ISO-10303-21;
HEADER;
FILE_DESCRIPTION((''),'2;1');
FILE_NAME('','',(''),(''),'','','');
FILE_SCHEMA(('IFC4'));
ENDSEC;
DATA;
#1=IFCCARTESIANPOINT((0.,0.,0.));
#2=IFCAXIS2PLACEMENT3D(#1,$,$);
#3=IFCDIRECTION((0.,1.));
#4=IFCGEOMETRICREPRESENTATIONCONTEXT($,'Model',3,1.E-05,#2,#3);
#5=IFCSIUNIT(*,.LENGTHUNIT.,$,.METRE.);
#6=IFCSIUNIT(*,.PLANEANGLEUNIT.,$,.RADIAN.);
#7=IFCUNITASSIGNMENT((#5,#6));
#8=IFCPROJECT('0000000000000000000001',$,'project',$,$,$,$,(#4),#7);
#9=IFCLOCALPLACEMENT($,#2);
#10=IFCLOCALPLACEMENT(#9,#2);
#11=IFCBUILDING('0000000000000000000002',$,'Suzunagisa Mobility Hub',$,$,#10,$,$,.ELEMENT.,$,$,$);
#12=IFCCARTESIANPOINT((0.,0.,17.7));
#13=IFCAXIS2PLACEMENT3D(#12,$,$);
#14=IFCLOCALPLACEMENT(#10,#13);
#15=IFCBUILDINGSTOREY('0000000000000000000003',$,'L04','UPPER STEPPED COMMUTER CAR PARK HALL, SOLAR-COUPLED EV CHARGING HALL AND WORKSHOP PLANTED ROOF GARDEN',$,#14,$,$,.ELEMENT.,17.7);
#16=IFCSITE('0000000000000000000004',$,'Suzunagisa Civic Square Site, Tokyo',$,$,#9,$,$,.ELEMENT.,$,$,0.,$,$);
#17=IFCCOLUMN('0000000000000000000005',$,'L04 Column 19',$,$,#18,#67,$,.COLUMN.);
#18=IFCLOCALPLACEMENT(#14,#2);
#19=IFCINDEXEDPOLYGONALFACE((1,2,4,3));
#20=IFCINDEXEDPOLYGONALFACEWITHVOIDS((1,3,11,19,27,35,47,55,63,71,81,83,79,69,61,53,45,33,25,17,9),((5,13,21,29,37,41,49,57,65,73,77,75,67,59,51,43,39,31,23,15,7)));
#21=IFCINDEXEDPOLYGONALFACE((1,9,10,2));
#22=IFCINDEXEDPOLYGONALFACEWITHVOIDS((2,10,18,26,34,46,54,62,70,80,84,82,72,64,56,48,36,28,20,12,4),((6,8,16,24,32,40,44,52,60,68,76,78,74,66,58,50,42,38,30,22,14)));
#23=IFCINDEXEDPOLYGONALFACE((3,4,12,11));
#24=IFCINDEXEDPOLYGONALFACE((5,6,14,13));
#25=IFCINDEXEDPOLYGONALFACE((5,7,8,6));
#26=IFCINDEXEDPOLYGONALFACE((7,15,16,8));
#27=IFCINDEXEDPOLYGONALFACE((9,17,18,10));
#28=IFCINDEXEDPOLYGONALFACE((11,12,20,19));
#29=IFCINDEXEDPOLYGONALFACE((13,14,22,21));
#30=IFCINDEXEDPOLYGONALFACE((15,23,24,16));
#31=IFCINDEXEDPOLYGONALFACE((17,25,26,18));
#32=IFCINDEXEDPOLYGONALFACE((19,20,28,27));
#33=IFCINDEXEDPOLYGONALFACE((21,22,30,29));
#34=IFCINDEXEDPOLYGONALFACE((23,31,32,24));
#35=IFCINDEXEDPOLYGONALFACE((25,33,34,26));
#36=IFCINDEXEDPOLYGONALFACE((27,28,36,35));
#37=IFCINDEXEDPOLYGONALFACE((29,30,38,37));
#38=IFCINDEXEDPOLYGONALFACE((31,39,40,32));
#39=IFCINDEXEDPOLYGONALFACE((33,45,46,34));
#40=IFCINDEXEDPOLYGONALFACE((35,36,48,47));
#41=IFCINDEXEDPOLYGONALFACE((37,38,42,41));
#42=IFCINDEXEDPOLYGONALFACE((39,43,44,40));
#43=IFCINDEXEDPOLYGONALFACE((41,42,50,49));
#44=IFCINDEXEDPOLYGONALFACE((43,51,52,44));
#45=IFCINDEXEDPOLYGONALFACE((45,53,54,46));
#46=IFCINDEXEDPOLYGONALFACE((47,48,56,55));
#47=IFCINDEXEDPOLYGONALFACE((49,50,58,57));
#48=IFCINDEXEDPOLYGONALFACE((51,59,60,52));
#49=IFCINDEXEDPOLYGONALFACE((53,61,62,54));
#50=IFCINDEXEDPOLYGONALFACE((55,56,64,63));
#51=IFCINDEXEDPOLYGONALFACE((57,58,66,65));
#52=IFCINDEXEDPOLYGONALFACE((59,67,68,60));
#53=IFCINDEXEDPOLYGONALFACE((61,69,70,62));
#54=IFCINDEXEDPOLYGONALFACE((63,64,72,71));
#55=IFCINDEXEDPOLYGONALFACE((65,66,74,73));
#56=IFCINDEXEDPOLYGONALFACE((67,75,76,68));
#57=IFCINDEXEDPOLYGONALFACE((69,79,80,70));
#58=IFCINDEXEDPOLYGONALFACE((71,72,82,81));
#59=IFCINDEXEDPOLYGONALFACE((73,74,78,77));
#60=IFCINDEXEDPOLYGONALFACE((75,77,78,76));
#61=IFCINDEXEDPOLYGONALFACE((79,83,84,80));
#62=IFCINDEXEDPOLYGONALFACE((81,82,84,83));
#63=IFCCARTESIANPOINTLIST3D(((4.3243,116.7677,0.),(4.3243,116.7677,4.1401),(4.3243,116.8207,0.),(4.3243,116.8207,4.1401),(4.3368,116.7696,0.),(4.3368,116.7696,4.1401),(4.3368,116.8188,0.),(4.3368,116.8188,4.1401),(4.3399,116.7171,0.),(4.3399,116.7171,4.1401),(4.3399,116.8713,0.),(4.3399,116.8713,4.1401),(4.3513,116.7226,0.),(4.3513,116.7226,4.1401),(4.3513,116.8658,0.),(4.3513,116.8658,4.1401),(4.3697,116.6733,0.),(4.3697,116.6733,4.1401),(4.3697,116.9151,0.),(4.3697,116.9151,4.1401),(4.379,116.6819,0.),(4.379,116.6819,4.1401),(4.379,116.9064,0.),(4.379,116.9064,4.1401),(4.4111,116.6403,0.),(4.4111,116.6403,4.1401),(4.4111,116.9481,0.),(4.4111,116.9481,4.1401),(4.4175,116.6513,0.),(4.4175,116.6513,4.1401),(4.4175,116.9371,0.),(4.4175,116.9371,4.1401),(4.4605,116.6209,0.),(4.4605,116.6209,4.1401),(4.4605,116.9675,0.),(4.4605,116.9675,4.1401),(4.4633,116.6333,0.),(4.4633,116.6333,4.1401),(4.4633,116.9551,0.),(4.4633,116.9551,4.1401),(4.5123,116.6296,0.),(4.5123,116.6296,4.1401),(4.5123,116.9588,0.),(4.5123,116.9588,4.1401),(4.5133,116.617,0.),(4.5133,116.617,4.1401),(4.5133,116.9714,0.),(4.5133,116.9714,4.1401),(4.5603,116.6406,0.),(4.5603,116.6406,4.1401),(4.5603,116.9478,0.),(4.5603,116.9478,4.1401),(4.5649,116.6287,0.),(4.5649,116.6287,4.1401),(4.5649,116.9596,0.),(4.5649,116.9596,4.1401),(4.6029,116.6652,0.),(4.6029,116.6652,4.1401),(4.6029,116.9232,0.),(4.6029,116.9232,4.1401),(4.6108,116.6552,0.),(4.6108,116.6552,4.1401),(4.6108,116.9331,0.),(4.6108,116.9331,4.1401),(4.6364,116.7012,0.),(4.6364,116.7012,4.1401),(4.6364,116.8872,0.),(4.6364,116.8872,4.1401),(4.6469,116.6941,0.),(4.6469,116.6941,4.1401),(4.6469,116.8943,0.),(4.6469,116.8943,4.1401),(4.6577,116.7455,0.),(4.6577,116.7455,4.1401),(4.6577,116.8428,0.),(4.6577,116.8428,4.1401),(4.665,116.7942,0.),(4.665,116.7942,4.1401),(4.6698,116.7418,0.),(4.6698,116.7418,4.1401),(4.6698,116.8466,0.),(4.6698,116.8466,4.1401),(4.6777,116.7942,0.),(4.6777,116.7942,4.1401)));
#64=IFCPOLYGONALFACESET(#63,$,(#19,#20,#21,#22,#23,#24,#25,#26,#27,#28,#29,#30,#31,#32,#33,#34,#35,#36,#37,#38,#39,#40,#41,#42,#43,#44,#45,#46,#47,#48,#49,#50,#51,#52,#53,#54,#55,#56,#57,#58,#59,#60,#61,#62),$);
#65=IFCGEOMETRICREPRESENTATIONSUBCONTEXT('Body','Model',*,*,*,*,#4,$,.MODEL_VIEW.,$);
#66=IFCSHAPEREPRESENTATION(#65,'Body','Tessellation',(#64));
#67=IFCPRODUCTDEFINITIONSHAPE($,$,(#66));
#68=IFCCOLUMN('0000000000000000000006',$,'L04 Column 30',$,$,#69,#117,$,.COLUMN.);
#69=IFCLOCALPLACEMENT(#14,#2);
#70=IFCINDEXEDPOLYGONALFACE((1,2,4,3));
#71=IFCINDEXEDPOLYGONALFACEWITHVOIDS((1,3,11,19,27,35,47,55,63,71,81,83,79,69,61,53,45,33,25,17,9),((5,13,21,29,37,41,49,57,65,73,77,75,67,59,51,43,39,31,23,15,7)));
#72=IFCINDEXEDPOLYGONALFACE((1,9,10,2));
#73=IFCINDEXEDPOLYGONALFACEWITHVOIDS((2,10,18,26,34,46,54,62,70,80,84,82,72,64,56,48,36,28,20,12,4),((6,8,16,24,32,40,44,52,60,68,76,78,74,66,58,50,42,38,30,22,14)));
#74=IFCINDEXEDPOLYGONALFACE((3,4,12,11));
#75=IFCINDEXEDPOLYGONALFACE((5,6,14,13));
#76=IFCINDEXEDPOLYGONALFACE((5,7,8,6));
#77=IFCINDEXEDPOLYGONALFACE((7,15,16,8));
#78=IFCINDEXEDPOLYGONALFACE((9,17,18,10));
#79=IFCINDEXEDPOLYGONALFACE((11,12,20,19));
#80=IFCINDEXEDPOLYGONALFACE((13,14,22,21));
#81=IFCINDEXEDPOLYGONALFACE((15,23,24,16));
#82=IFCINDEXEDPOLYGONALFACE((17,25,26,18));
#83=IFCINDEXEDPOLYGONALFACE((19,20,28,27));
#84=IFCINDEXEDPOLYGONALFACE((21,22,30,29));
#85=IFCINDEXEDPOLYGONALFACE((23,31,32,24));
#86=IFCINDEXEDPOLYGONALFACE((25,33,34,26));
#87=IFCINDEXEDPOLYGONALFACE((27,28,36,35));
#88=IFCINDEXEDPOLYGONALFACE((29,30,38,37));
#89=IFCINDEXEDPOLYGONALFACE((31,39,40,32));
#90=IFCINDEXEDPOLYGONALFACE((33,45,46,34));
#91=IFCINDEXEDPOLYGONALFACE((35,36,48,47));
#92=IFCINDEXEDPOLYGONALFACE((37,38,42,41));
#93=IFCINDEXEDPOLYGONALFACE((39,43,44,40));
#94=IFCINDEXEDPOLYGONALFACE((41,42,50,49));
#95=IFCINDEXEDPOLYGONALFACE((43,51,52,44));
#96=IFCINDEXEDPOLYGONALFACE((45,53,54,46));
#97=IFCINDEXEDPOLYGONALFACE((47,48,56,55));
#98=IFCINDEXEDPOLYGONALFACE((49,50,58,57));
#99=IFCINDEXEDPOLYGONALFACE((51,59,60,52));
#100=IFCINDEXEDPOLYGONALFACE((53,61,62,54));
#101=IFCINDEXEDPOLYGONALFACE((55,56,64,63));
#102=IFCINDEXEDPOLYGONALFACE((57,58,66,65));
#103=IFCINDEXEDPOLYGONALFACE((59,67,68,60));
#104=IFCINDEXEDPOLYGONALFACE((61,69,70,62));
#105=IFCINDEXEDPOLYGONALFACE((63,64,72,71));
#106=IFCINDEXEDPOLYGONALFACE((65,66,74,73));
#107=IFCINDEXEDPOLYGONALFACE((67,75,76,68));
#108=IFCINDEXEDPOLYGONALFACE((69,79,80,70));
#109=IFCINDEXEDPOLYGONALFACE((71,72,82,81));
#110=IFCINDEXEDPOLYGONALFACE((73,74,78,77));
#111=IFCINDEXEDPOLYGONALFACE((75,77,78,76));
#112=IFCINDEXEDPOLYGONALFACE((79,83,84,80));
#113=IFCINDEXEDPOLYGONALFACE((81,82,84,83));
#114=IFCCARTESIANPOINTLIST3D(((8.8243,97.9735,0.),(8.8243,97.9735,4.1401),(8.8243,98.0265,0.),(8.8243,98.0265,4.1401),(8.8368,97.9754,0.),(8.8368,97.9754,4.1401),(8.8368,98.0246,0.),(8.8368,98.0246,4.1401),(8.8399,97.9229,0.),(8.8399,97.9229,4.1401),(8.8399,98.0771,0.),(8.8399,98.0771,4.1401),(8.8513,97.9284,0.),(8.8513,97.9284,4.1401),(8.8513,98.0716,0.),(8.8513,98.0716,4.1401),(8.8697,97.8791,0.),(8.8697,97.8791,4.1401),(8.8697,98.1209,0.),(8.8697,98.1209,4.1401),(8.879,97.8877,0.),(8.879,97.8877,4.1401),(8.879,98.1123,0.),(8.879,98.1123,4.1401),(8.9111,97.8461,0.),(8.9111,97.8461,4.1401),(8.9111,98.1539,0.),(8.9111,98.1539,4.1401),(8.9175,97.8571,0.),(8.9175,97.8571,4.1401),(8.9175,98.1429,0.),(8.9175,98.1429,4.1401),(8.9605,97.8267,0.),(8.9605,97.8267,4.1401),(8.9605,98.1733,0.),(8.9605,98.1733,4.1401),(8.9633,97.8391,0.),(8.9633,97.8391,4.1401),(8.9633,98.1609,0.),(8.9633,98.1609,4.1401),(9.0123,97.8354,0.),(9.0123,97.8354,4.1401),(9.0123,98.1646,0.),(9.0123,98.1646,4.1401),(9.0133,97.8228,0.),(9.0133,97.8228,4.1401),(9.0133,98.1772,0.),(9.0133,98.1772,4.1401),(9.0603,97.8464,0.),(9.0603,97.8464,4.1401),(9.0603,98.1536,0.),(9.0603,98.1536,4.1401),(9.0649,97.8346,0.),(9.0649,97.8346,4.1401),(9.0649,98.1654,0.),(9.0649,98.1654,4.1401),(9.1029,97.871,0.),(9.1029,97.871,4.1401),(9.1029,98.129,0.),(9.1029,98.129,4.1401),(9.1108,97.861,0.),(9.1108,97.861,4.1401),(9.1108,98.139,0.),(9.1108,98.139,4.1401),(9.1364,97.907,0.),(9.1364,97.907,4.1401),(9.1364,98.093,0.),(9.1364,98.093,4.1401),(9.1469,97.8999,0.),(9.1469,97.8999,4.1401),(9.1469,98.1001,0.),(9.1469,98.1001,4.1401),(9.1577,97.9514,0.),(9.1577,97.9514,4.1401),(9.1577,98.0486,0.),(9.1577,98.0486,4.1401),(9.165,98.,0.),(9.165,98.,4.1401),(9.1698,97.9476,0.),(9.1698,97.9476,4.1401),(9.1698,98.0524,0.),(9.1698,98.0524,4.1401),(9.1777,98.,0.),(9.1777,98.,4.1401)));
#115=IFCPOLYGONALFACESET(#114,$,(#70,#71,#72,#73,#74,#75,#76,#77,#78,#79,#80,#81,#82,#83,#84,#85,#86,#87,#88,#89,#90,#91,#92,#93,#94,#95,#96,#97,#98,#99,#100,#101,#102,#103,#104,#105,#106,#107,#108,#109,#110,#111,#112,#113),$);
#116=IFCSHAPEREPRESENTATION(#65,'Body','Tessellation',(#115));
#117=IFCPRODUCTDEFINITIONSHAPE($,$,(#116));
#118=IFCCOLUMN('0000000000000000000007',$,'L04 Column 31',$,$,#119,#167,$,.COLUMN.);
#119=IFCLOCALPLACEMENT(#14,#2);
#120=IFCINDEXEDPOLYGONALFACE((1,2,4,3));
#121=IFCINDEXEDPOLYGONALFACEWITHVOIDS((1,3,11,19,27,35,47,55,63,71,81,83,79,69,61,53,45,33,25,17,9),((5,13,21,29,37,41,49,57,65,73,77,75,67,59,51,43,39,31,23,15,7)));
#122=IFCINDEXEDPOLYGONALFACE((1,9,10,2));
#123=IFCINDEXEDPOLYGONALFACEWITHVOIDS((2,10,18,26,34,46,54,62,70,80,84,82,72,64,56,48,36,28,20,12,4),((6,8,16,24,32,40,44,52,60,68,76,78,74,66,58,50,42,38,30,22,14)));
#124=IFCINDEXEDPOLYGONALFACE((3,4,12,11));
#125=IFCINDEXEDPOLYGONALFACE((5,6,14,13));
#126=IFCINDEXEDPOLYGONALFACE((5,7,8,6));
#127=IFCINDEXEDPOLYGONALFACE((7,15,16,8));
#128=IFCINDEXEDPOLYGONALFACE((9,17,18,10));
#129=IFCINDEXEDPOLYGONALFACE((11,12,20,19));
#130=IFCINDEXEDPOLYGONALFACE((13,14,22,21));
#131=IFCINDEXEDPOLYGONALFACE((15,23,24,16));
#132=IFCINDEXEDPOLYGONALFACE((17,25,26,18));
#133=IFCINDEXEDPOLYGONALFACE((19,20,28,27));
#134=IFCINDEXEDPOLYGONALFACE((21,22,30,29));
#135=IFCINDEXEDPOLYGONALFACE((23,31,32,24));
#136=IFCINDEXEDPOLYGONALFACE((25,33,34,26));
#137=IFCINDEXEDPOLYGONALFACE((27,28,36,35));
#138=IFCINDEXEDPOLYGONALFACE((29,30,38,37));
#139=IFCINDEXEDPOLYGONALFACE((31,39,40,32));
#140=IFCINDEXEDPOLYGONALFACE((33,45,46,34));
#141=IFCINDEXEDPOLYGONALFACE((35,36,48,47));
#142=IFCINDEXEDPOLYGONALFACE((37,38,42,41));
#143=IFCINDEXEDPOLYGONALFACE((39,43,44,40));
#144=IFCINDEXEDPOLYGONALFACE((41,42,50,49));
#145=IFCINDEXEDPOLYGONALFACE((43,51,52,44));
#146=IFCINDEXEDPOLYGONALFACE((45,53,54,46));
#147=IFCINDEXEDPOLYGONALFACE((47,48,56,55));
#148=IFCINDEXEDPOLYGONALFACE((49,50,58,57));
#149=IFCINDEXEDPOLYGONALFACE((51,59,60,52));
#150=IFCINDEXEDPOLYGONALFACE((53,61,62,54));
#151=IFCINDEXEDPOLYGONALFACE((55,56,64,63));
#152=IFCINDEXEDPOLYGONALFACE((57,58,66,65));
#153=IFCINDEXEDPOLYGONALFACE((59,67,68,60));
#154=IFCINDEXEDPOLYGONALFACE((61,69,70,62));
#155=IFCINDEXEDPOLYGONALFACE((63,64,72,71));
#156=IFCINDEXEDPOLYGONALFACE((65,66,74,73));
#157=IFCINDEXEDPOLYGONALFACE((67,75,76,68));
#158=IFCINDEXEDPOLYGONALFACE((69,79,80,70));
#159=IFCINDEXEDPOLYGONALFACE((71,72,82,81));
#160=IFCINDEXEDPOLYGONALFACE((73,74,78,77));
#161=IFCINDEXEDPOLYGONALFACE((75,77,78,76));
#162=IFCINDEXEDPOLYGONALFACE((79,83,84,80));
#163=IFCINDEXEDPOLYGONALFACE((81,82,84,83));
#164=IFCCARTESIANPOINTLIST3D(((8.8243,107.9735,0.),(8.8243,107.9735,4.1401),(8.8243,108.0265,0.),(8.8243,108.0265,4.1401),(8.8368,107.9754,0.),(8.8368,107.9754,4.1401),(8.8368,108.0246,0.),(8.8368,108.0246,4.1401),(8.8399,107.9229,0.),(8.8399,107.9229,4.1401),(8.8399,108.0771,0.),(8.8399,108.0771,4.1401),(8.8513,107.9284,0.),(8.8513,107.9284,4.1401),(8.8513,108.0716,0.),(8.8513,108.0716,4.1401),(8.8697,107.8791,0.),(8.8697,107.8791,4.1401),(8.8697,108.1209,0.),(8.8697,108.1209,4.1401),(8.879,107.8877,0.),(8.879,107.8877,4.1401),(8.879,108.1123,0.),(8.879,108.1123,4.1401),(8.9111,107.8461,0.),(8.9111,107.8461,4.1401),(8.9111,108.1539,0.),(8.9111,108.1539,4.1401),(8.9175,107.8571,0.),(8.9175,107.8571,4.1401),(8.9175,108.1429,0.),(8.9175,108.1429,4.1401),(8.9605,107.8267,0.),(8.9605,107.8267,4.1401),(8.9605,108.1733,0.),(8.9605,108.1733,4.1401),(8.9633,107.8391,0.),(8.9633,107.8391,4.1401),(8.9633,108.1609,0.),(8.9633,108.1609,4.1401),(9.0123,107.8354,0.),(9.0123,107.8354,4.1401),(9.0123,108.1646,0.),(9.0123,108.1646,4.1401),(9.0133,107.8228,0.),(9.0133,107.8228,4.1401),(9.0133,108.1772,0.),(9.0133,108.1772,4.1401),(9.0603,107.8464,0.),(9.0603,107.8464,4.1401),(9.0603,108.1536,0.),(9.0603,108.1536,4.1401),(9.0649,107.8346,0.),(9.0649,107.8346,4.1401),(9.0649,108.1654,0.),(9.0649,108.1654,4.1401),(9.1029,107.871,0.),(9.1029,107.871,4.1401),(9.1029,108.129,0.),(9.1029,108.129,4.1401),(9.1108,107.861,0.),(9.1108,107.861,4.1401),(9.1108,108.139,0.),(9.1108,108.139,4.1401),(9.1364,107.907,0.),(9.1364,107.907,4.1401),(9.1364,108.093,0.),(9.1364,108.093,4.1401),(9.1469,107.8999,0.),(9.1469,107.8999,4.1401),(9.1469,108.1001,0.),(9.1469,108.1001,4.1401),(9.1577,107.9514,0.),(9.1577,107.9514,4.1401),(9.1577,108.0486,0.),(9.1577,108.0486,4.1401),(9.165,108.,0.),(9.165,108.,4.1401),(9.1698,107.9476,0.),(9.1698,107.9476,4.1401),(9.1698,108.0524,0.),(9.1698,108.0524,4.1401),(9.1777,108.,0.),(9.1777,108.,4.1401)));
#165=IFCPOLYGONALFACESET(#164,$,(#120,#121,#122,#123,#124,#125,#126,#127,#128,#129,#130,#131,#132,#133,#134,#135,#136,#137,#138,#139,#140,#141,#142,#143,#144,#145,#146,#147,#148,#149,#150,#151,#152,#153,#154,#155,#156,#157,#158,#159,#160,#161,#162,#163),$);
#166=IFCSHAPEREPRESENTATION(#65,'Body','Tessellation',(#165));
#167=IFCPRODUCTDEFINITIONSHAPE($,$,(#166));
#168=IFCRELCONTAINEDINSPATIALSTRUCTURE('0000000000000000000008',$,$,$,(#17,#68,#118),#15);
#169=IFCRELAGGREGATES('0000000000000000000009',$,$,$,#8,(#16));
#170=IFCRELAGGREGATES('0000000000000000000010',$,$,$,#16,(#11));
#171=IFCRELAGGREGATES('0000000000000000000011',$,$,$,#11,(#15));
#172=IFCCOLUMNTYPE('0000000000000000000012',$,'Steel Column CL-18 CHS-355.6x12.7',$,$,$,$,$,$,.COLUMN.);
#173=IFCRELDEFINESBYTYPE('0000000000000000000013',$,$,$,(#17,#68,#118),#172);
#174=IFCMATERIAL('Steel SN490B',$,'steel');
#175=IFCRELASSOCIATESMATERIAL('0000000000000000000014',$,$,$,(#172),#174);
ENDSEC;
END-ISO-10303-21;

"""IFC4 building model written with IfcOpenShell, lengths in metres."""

from ifc_helpers import new_model, si_unit, direction, frame, origin, origin_2d, place, context, subcontext, project, spatial, hollow_circle, extrude, material, material_profile, profile_set, type_object, element, save


model = new_model("IFC4")

# Units and contexts
model_context = context("Model", 3, precision=1e-05, world=origin(), true_north=direction((0.0, 1.0)))
body_context = subcontext(model_context, "Body", "Model", "MODEL_VIEW")
ifc_project = project(units=[si_unit("LENGTHUNIT", "METRE"), si_unit("PLANEANGLEUNIT", "RADIAN")], contexts=[model_context])

# Site, building, storey
site_placement = place(None, origin())
site = spatial("IfcSite", under=ifc_project, at=site_placement, Name="Suzunagisa Civic Square Site, Tokyo", CompositionType="ELEMENT", RefElevation=0.0)
building_placement = place(site_placement, origin())
building = spatial("IfcBuilding", under=site, at=building_placement, Name="Suzunagisa Mobility Hub", CompositionType="ELEMENT")
storey_placement = place(building_placement, frame((0.0, 0.0, 17.7)))
storey = spatial("IfcBuildingStorey", under=building, at=storey_placement, Name="L04", Description="UPPER STEPPED COMMUTER CAR PARK HALL, SOLAR-COUPLED EV CHARGING HALL AND WORKSHOP PLANTED ROOF GARDEN", CompositionType="ELEMENT", Elevation=17.7)

# Columns
ifc_material_1 = material(Name="Steel SN490B", Category="steel")
ifc_material_profile_1 = material_profile(ifc_material_1, hollow_circle(Radius=0.1777, WallThickness=0.0127, at=origin_2d()), Name="CHS-355.6x12.7")
ifc_profile_set_1 = profile_set([ifc_material_profile_1], Name="Steel SN490B")
column_type = type_object("IfcColumnType", Name="Steel Column CL-18 CHS-355.6x12.7", PredefinedType="COLUMN", material=ifc_profile_set_1)
for number, where, z_axis, x_axis, name in (
    (1, (4.5, 116.7942, 0.0), (0.0, 0.0, 1.0), (1.0, 0.0, 0.0), "L04 Column 19"),
    (2, (9.0, 98.0, 0.0), (0.0, 0.0, 1.0), (1.0, 0.0, 0.0), "L04 Column 30"),
    (3, (9.0, 108.0, 0.0), (0.0, 0.0, 1.0), (1.0, 0.0, 0.0), "L04 Column 31"),
):
    element("IfcColumn", number, at=place(storey_placement, frame(where, z_axis=z_axis, x_axis=x_axis)), inside=storey, type_object=column_type, Name=name, PredefinedType="COLUMN", context=body_context, shape_type="SweptSolid", body=[
        extrude(hollow_circle(Radius=0.1777, WallThickness=0.0127, at=origin_2d()), origin(), (0.0, 0.0, 1.0), 4.1401),
    ])

save(model, "model.ifc")
